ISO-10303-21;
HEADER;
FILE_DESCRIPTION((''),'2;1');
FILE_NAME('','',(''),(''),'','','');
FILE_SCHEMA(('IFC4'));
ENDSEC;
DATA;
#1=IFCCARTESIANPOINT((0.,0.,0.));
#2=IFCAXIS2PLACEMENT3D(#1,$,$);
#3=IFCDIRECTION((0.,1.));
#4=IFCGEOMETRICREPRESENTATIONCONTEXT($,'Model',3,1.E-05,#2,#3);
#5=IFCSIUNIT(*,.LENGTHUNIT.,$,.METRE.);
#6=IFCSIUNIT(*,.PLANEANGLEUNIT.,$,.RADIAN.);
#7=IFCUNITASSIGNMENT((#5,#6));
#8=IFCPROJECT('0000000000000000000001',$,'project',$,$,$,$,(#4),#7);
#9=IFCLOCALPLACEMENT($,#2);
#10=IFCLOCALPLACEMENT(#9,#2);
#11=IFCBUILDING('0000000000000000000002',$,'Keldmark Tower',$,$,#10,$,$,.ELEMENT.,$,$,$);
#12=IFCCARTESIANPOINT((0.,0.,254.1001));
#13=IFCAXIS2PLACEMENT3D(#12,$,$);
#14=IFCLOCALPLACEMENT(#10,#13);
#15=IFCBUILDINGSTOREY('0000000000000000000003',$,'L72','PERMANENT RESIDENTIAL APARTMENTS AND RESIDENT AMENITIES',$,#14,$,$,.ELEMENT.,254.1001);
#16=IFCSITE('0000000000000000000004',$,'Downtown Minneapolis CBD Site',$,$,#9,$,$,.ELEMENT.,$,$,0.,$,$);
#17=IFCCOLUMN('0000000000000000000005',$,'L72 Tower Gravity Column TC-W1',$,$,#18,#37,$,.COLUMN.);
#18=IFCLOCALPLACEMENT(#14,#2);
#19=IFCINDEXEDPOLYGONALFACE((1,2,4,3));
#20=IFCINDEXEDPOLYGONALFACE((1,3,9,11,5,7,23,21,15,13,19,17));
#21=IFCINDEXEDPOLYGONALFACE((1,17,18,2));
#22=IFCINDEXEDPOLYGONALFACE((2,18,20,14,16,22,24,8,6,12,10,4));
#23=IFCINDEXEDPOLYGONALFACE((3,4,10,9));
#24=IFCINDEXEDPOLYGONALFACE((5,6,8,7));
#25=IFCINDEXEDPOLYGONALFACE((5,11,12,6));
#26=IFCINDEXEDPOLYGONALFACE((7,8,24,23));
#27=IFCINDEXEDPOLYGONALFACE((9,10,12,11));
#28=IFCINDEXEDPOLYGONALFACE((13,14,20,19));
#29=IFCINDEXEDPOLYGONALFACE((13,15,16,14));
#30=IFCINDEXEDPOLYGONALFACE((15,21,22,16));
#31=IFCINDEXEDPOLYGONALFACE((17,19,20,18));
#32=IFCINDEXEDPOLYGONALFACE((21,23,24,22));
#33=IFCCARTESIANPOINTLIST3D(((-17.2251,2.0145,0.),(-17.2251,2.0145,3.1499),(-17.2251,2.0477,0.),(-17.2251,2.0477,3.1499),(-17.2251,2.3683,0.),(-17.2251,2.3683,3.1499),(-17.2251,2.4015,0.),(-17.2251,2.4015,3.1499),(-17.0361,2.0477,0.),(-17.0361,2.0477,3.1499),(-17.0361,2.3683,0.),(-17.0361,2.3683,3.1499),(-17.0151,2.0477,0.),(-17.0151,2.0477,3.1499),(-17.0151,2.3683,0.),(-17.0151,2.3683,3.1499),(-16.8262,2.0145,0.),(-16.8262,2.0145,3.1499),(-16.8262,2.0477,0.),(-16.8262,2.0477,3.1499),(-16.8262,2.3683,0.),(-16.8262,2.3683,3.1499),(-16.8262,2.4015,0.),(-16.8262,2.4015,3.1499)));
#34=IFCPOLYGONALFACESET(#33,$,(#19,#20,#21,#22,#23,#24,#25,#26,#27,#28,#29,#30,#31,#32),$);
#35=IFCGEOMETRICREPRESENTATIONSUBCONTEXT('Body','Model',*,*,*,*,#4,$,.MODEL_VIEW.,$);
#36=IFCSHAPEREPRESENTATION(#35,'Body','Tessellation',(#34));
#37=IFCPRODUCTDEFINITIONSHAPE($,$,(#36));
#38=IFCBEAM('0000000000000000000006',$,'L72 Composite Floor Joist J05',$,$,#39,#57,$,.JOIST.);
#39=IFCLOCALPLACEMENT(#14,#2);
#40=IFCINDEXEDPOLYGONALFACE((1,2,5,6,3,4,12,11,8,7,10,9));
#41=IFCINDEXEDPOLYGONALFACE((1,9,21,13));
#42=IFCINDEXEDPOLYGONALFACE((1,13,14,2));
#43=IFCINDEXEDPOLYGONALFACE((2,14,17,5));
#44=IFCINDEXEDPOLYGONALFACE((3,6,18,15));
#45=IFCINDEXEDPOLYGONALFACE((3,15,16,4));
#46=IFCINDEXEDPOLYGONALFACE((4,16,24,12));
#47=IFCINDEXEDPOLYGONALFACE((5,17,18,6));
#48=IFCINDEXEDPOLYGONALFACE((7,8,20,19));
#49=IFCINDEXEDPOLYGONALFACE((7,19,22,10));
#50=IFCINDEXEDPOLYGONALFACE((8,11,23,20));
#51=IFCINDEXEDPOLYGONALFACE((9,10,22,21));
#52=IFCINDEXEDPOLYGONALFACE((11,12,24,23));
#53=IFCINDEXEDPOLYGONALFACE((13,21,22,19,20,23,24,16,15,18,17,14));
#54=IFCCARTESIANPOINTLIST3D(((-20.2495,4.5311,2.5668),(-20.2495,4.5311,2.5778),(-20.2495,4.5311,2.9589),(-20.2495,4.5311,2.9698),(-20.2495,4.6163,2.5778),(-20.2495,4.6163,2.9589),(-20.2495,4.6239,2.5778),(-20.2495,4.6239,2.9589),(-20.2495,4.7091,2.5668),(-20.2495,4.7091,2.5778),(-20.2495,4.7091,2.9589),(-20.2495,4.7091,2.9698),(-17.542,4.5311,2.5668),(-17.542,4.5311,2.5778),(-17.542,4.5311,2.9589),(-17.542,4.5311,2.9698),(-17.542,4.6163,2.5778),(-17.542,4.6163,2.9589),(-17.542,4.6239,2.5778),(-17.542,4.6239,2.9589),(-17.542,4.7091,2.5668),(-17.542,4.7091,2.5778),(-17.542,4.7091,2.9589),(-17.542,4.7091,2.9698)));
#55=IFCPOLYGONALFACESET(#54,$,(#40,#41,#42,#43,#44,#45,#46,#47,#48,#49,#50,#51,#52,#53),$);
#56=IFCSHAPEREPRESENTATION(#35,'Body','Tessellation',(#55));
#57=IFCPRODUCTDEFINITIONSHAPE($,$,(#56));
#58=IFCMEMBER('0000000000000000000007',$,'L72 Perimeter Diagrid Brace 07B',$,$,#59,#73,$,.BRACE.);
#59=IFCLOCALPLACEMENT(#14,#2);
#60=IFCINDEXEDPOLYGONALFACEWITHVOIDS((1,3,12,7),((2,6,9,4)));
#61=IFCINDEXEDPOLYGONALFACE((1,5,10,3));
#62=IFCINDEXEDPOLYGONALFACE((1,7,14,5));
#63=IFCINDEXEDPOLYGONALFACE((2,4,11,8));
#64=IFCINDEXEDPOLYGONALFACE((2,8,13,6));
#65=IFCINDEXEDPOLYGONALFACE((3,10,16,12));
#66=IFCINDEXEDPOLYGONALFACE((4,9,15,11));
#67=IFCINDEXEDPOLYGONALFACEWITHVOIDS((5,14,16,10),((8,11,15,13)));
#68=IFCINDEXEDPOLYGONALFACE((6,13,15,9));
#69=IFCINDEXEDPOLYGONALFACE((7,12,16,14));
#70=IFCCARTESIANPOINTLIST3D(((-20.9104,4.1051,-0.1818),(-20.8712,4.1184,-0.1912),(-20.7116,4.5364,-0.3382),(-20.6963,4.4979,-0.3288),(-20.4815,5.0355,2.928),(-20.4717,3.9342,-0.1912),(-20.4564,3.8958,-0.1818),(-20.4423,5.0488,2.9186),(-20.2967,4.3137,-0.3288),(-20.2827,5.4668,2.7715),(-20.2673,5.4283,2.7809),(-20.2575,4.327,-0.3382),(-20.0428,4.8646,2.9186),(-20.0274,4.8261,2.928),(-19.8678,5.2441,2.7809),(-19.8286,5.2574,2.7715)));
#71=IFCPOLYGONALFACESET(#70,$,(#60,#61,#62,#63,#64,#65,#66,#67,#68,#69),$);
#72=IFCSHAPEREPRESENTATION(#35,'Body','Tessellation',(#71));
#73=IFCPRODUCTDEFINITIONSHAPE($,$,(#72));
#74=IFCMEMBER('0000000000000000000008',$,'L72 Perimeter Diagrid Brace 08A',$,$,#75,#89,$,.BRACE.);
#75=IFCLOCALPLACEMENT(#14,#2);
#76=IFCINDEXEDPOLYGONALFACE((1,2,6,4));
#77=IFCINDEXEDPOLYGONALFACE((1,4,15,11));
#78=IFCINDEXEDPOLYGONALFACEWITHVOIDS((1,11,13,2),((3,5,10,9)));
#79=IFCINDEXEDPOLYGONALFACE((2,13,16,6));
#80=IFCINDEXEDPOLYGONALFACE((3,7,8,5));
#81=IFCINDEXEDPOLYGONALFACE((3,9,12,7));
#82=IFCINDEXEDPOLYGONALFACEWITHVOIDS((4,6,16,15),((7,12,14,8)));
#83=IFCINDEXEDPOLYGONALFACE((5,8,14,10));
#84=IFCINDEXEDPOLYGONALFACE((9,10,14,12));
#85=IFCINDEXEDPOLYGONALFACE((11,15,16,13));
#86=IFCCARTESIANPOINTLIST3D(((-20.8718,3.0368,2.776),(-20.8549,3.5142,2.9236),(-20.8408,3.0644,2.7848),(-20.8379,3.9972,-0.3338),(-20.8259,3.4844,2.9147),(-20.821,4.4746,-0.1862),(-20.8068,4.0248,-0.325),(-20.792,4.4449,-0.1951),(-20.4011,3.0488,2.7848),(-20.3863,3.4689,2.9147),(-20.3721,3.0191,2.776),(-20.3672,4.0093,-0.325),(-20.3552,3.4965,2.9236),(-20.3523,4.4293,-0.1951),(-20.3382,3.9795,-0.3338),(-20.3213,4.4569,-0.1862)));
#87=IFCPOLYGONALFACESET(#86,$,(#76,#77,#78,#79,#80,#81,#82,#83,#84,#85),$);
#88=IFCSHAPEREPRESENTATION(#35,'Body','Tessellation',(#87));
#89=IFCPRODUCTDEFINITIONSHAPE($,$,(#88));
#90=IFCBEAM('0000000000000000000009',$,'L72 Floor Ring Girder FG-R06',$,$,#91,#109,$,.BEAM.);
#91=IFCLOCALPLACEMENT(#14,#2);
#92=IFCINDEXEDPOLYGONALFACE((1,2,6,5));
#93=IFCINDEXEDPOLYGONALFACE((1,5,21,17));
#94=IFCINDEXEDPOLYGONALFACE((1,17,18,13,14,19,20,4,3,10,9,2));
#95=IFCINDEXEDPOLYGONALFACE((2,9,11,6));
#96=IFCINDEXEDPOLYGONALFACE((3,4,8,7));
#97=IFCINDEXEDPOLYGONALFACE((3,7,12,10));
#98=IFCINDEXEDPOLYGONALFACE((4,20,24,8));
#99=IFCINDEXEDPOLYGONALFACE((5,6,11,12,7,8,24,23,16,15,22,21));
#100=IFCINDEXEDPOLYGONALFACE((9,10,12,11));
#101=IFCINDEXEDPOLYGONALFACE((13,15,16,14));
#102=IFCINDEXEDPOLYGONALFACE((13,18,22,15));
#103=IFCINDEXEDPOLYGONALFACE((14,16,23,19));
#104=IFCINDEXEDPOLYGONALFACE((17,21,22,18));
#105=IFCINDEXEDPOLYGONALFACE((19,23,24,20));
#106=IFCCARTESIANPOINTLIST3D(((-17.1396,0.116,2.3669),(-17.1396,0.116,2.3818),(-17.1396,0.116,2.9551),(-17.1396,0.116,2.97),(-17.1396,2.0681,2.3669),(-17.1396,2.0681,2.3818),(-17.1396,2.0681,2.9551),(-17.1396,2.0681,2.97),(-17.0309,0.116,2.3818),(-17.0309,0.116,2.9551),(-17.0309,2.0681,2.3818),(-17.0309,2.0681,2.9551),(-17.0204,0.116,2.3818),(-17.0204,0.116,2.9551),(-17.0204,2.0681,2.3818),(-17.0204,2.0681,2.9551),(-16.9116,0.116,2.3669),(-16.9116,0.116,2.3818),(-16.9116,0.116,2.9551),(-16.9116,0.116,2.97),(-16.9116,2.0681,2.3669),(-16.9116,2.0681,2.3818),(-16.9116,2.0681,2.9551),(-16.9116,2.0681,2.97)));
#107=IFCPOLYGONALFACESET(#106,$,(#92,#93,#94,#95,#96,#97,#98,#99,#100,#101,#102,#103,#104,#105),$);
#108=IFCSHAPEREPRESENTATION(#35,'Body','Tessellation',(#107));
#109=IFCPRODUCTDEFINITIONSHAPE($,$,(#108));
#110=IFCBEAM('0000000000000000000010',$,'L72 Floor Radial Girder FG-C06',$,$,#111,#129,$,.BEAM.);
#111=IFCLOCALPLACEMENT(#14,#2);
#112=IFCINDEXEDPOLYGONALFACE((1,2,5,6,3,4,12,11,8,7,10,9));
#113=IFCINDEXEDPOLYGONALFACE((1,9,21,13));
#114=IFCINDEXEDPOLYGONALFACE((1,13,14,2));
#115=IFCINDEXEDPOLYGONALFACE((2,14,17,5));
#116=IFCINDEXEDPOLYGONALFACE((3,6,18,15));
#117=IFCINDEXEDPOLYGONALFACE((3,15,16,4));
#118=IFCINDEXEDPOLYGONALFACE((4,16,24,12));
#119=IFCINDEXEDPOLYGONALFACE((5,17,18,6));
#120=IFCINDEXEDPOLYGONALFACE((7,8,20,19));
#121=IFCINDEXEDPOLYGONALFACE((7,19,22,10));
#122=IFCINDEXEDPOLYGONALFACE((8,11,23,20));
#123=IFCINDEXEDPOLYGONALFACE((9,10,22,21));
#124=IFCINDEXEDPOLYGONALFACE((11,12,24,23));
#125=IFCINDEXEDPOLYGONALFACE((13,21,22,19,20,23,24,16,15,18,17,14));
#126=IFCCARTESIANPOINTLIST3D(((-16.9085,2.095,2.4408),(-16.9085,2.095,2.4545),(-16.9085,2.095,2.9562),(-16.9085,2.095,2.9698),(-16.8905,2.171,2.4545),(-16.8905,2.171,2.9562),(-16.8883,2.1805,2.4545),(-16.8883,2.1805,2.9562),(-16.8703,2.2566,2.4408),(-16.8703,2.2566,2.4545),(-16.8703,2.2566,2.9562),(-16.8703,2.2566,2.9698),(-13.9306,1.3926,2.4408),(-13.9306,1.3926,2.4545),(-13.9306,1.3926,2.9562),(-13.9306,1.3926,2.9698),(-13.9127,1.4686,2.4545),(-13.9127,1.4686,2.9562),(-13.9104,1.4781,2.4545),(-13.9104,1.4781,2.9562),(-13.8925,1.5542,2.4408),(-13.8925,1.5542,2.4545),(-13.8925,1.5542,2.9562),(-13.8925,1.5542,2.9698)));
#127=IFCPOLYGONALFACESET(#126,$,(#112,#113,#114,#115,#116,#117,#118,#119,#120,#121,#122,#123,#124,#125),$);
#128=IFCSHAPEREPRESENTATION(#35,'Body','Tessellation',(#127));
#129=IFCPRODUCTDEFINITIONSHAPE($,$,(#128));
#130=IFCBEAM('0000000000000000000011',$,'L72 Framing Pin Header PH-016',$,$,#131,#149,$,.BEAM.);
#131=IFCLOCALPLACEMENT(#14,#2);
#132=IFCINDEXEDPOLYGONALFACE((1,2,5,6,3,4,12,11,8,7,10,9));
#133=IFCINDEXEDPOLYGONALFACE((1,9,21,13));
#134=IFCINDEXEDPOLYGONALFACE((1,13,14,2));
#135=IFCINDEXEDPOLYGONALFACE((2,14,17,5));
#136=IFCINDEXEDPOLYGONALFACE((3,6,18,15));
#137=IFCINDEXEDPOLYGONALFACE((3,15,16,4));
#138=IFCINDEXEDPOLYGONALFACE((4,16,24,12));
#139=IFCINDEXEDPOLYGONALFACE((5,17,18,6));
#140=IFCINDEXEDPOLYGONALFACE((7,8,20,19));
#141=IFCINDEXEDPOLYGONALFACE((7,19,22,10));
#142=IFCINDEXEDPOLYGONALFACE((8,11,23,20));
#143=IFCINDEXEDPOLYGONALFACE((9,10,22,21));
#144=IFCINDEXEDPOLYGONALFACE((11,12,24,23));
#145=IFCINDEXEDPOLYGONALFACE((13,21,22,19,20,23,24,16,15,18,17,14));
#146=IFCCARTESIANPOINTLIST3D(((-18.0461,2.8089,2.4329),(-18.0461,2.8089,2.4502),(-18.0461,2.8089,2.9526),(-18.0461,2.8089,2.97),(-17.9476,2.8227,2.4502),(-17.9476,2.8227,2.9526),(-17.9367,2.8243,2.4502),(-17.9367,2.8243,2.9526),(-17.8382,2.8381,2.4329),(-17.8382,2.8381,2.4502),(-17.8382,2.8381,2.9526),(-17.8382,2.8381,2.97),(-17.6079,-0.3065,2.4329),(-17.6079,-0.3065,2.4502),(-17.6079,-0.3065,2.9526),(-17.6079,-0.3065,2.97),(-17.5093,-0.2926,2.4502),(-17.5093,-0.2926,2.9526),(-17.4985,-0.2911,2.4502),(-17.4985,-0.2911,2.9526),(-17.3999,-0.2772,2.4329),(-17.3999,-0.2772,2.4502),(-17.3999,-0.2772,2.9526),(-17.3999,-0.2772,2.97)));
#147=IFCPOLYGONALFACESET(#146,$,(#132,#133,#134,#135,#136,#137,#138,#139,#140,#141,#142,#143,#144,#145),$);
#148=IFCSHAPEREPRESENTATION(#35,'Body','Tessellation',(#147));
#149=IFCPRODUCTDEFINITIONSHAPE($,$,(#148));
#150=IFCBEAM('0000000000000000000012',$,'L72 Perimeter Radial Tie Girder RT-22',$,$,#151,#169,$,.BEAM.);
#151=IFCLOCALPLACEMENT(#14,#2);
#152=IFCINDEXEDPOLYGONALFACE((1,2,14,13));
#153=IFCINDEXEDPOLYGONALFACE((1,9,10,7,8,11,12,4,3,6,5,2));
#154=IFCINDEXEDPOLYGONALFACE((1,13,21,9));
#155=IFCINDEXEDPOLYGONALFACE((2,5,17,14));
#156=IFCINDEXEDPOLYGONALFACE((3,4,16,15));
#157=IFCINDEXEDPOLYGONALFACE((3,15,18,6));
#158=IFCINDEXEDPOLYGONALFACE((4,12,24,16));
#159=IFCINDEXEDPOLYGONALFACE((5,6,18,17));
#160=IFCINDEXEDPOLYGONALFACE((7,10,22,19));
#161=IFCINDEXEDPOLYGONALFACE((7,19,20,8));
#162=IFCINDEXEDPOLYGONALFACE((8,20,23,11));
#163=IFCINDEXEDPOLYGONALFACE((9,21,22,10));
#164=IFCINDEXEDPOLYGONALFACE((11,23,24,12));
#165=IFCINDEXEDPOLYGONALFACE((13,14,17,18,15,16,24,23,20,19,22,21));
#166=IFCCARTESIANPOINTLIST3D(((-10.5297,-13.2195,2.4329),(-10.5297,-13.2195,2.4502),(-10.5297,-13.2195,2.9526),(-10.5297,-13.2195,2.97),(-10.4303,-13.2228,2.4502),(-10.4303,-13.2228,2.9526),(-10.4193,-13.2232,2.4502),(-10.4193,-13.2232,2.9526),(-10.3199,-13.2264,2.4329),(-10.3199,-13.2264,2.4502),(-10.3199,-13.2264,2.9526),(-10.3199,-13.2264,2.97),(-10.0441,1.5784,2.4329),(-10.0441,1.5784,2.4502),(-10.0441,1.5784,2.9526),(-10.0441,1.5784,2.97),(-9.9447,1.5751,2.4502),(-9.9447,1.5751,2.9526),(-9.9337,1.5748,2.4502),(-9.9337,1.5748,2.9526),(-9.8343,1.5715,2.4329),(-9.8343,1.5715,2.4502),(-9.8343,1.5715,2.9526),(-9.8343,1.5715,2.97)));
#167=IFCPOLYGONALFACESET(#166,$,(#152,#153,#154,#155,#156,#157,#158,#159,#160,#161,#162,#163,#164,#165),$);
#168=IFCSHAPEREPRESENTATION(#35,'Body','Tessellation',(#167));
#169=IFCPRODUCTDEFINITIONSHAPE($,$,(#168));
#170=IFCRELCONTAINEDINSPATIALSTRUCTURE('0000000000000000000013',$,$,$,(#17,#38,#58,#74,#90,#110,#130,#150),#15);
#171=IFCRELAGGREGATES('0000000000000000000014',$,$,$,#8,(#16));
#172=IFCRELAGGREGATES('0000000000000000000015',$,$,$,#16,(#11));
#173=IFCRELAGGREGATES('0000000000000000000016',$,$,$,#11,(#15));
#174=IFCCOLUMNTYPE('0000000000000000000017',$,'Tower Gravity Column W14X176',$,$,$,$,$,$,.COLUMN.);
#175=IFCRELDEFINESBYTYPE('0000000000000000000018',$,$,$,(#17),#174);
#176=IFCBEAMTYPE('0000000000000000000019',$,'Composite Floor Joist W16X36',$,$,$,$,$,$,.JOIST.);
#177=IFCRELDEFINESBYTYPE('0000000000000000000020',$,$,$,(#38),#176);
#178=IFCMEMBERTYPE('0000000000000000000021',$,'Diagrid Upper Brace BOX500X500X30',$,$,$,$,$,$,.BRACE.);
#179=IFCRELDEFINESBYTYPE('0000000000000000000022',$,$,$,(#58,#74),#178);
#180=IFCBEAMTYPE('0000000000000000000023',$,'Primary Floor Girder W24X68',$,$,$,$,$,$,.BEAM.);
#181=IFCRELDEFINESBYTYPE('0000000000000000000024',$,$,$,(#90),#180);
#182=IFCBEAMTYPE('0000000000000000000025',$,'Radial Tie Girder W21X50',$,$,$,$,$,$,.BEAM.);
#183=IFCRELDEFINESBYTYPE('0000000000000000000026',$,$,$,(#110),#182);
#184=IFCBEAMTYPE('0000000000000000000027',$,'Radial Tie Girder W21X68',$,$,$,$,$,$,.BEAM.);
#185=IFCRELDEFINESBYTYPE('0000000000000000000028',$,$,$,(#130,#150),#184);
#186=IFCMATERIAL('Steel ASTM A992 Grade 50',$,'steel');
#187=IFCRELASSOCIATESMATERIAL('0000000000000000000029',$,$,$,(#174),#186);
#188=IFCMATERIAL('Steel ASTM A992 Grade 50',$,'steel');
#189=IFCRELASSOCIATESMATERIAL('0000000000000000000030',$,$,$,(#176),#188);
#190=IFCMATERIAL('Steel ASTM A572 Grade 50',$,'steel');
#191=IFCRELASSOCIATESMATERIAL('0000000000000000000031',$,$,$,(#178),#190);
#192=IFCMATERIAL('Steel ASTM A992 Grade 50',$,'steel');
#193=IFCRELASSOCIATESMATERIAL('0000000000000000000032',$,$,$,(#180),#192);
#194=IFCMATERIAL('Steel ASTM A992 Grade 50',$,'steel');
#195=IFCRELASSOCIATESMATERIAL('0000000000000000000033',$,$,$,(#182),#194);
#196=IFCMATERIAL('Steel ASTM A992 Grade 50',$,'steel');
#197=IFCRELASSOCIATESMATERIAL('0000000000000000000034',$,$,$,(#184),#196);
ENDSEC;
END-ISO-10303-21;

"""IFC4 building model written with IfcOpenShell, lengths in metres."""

from ifc_helpers import new_model, si_unit, direction, frame, origin, origin_2d, place, context, subcontext, project, spatial, hollow_rectangle, i_section, extrude, material, material_profile, profile_set, type_object, element, save


model = new_model("IFC4")

# Units and contexts
model_context = context("Model", 3, precision=1e-05, world=origin(), true_north=direction((0.0, 1.0)))
body_context = subcontext(model_context, "Body", "Model", "MODEL_VIEW")
ifc_project = project(units=[si_unit("LENGTHUNIT", "METRE"), si_unit("PLANEANGLEUNIT", "RADIAN")], contexts=[model_context])

# Site, building, storey
site_placement = place(None, origin())
site = spatial("IfcSite", under=ifc_project, at=site_placement, Name="Downtown Minneapolis CBD Site", CompositionType="ELEMENT", RefElevation=0.0)
building_placement = place(site_placement, origin())
building = spatial("IfcBuilding", under=site, at=building_placement, Name="Keldmark Tower", CompositionType="ELEMENT")
storey_placement = place(building_placement, frame((0.0, 0.0, 254.1001)))
storey = spatial("IfcBuildingStorey", under=building, at=storey_placement, Name="L72", Description="PERMANENT RESIDENTIAL APARTMENTS AND RESIDENT AMENITIES", CompositionType="ELEMENT", Elevation=254.1001)

# Column
ifc_material_1 = material(Name="Steel ASTM A992 Grade 50", Category="steel")
ifc_material_profile_1 = material_profile(ifc_material_1, i_section(OverallWidth=0.3989, OverallDepth=0.387, WebThickness=0.021, FlangeThickness=0.0332, at=origin_2d()), Name="W14X176")
ifc_profile_set_1 = profile_set([ifc_material_profile_1], Name="Steel ASTM A992 Grade 50")
column_type = type_object("IfcColumnType", Name="Tower Gravity Column W14X176", PredefinedType="COLUMN", material=ifc_profile_set_1)
column_placement = place(storey_placement, frame((-17.0256, 2.208, 0.0), z_axis=(0.0, 0.0, 1.0), x_axis=(1.0, 0.0, 0.0)))
element("IfcColumn", 1, at=column_placement, inside=storey, type_object=column_type, Name="L72 Tower Gravity Column TC-W1", PredefinedType="COLUMN", context=body_context, shape_type="SweptSolid", body=[
    extrude(i_section(OverallWidth=0.3989, OverallDepth=0.387, WebThickness=0.021, FlangeThickness=0.0332, at=origin_2d()), origin(), (0.0, 0.0, 1.0), 3.1499),
])

# Beam
ifc_material_2 = material(Name="Steel ASTM A992 Grade 50", Category="steel")
ifc_material_profile_2 = material_profile(ifc_material_2, i_section(OverallWidth=0.178, OverallDepth=0.4031, WebThickness=0.0076, FlangeThickness=0.011, at=origin_2d()), Name="W16X36")
ifc_profile_set_2 = profile_set([ifc_material_profile_2], Name="Steel ASTM A992 Grade 50")
beam_type_1 = type_object("IfcBeamType", Name="Composite Floor Joist W16X36", PredefinedType="JOIST", material=ifc_profile_set_2)
beam_1_placement = place(storey_placement, frame((-20.2495, 4.6201, 2.7683), z_axis=(1.0, 0.0, 0.0), x_axis=(0.0, 1.0, 0.0)))
element("IfcBeam", 2, at=beam_1_placement, inside=storey, type_object=beam_type_1, Name="L72 Composite Floor Joist J05", PredefinedType="JOIST", context=body_context, shape_type="SweptSolid", body=[
    extrude(i_section(OverallWidth=0.178, OverallDepth=0.4031, WebThickness=0.0076, FlangeThickness=0.011, at=origin_2d()), origin(), (0.0, 0.0, 1.0), 2.7075),
])

# Members
ifc_material_3 = material(Name="Steel ASTM A572 Grade 50", Category="steel")
ifc_material_profile_3 = material_profile(ifc_material_3, hollow_rectangle(XDim=0.5, YDim=0.5, WallThickness=0.03, at=origin_2d()), Name="BOX500X500X30")
ifc_profile_set_3 = profile_set([ifc_material_profile_3], Name="Steel ASTM A572 Grade 50")
member_type = type_object("IfcMemberType", Name="Diagrid Upper Brace BOX500X500X30", PredefinedType="BRACE", material=ifc_profile_set_3)
member_1_placement = place(storey_placement, frame((-20.584, 4.2161, -0.26), z_axis=(0.131007, 0.28416, 0.949784), x_axis=(-0.908134, 0.41868, 0.0)))
element("IfcMember", 3, at=member_1_placement, inside=storey, type_object=member_type, Name="L72 Perimeter Diagrid Brace 07B", PredefinedType="BRACE", context=body_context, shape_type="SweptSolid", body=[
    extrude(hollow_rectangle(XDim=0.5, YDim=0.5, WallThickness=0.03, at=origin_2d()), origin(), (0.0, 0.0, 1.0), 3.2742),
])
member_2_placement = place(storey_placement, frame((-20.5796, 4.2271, -0.26), z_axis=(-0.010426, -0.295071, 0.955418), x_axis=(0.999376, -0.035311, 0.0)))
element("IfcMember", 4, at=member_2_placement, inside=storey, type_object=member_type, Name="L72 Perimeter Diagrid Brace 08A", PredefinedType="BRACE", context=body_context, shape_type="SweptSolid", body=[
    extrude(hollow_rectangle(XDim=0.5, YDim=0.5, WallThickness=0.03, at=origin_2d()), origin(), (0.0, 0.0, 1.0), 3.2549),
])

# Beams
ifc_material_4 = material(Name="Steel ASTM A992 Grade 50", Category="steel")
ifc_material_profile_4 = material_profile(ifc_material_4, i_section(OverallWidth=0.228, OverallDepth=0.603, WebThickness=0.0105, FlangeThickness=0.0149, at=origin_2d()), Name="W24X68")
ifc_profile_set_4 = profile_set([ifc_material_profile_4], Name="Steel ASTM A992 Grade 50")
beam_type_2 = type_object("IfcBeamType", Name="Primary Floor Girder W24X68", PredefinedType="BEAM", material=ifc_profile_set_4)
beam_2_placement = place(storey_placement, frame((-17.0256, 2.0681, 2.6685), z_axis=(0.0, -1.0, 0.0), x_axis=(1.0, 0.0, 0.0)))
element("IfcBeam", 5, at=beam_2_placement, inside=storey, type_object=beam_type_2, Name="L72 Floor Ring Girder FG-R06", PredefinedType="BEAM", context=body_context, shape_type="SweptSolid", body=[
    extrude(i_section(OverallWidth=0.228, OverallDepth=0.603, WebThickness=0.0105, FlangeThickness=0.0149, at=origin_2d()), origin(), (0.0, 0.0, 1.0), 1.9521),
])
ifc_material_5 = material(Name="Steel ASTM A992 Grade 50", Category="steel")
ifc_material_profile_5 = material_profile(ifc_material_5, i_section(OverallWidth=0.166, OverallDepth=0.5291, WebThickness=0.0098, FlangeThickness=0.0137, at=origin_2d()), Name="W21X50")
ifc_profile_set_5 = profile_set([ifc_material_profile_5], Name="Steel ASTM A992 Grade 50")
beam_type_3 = type_object("IfcBeamType", Name="Radial Tie Girder W21X50", PredefinedType="BEAM", material=ifc_profile_set_5)
beam_3_placement = place(storey_placement, frame((-16.8894, 2.1758, 2.7053), z_axis=(0.97329, -0.229577, 0.0), x_axis=(0.229577, 0.97329, 0.0)))
element("IfcBeam", 6, at=beam_3_placement, inside=storey, type_object=beam_type_3, Name="L72 Floor Radial Girder FG-C06", PredefinedType="BEAM", context=body_context, shape_type="SweptSolid", body=[
    extrude(i_section(OverallWidth=0.166, OverallDepth=0.5291, WebThickness=0.0098, FlangeThickness=0.0137, at=origin_2d()), origin(), (0.0, 0.0, 1.0), 3.0596),
])
ifc_material_6 = material(Name="Steel ASTM A992 Grade 50", Category="steel")
ifc_material_profile_6 = material_profile(ifc_material_6, i_section(OverallWidth=0.21, OverallDepth=0.5371, WebThickness=0.011, FlangeThickness=0.0173, at=origin_2d()), Name="W21X68")
ifc_profile_set_6 = profile_set([ifc_material_profile_6], Name="Steel ASTM A992 Grade 50")
beam_type_4 = type_object("IfcBeamType", Name="Radial Tie Girder W21X68", PredefinedType="BEAM", material=ifc_profile_set_6)
beam_4_placement = place(storey_placement, frame((-17.9421, 2.8235, 2.7014), z_axis=(0.139302, -0.99025, 0.0), x_axis=(0.99025, 0.139302, 0.0)))
element("IfcBeam", 7, at=beam_4_placement, inside=storey, type_object=beam_type_4, Name="L72 Framing Pin Header PH-016", PredefinedType="BEAM", context=body_context, shape_type="SweptSolid", body=[
    extrude(i_section(OverallWidth=0.21, OverallDepth=0.5371, WebThickness=0.011, FlangeThickness=0.0173, at=origin_2d()), origin(), (0.0, 0.0, 1.0), 3.146),
])
beam_5_placement = place(storey_placement, frame((-9.9392, 1.575, 2.7014), z_axis=(-0.032798, -0.999462, 0.0), x_axis=(0.999462, -0.032798, 0.0)))
element("IfcBeam", 8, at=beam_5_placement, inside=storey, type_object=beam_type_4, Name="L72 Perimeter Radial Tie Girder RT-22", PredefinedType="BEAM", context=body_context, shape_type="SweptSolid", body=[
    extrude(i_section(OverallWidth=0.21, OverallDepth=0.5371, WebThickness=0.011, FlangeThickness=0.0173, at=origin_2d()), origin(), (0.0, 0.0, 1.0), 14.8059),
])

save(model, "model.ifc")
